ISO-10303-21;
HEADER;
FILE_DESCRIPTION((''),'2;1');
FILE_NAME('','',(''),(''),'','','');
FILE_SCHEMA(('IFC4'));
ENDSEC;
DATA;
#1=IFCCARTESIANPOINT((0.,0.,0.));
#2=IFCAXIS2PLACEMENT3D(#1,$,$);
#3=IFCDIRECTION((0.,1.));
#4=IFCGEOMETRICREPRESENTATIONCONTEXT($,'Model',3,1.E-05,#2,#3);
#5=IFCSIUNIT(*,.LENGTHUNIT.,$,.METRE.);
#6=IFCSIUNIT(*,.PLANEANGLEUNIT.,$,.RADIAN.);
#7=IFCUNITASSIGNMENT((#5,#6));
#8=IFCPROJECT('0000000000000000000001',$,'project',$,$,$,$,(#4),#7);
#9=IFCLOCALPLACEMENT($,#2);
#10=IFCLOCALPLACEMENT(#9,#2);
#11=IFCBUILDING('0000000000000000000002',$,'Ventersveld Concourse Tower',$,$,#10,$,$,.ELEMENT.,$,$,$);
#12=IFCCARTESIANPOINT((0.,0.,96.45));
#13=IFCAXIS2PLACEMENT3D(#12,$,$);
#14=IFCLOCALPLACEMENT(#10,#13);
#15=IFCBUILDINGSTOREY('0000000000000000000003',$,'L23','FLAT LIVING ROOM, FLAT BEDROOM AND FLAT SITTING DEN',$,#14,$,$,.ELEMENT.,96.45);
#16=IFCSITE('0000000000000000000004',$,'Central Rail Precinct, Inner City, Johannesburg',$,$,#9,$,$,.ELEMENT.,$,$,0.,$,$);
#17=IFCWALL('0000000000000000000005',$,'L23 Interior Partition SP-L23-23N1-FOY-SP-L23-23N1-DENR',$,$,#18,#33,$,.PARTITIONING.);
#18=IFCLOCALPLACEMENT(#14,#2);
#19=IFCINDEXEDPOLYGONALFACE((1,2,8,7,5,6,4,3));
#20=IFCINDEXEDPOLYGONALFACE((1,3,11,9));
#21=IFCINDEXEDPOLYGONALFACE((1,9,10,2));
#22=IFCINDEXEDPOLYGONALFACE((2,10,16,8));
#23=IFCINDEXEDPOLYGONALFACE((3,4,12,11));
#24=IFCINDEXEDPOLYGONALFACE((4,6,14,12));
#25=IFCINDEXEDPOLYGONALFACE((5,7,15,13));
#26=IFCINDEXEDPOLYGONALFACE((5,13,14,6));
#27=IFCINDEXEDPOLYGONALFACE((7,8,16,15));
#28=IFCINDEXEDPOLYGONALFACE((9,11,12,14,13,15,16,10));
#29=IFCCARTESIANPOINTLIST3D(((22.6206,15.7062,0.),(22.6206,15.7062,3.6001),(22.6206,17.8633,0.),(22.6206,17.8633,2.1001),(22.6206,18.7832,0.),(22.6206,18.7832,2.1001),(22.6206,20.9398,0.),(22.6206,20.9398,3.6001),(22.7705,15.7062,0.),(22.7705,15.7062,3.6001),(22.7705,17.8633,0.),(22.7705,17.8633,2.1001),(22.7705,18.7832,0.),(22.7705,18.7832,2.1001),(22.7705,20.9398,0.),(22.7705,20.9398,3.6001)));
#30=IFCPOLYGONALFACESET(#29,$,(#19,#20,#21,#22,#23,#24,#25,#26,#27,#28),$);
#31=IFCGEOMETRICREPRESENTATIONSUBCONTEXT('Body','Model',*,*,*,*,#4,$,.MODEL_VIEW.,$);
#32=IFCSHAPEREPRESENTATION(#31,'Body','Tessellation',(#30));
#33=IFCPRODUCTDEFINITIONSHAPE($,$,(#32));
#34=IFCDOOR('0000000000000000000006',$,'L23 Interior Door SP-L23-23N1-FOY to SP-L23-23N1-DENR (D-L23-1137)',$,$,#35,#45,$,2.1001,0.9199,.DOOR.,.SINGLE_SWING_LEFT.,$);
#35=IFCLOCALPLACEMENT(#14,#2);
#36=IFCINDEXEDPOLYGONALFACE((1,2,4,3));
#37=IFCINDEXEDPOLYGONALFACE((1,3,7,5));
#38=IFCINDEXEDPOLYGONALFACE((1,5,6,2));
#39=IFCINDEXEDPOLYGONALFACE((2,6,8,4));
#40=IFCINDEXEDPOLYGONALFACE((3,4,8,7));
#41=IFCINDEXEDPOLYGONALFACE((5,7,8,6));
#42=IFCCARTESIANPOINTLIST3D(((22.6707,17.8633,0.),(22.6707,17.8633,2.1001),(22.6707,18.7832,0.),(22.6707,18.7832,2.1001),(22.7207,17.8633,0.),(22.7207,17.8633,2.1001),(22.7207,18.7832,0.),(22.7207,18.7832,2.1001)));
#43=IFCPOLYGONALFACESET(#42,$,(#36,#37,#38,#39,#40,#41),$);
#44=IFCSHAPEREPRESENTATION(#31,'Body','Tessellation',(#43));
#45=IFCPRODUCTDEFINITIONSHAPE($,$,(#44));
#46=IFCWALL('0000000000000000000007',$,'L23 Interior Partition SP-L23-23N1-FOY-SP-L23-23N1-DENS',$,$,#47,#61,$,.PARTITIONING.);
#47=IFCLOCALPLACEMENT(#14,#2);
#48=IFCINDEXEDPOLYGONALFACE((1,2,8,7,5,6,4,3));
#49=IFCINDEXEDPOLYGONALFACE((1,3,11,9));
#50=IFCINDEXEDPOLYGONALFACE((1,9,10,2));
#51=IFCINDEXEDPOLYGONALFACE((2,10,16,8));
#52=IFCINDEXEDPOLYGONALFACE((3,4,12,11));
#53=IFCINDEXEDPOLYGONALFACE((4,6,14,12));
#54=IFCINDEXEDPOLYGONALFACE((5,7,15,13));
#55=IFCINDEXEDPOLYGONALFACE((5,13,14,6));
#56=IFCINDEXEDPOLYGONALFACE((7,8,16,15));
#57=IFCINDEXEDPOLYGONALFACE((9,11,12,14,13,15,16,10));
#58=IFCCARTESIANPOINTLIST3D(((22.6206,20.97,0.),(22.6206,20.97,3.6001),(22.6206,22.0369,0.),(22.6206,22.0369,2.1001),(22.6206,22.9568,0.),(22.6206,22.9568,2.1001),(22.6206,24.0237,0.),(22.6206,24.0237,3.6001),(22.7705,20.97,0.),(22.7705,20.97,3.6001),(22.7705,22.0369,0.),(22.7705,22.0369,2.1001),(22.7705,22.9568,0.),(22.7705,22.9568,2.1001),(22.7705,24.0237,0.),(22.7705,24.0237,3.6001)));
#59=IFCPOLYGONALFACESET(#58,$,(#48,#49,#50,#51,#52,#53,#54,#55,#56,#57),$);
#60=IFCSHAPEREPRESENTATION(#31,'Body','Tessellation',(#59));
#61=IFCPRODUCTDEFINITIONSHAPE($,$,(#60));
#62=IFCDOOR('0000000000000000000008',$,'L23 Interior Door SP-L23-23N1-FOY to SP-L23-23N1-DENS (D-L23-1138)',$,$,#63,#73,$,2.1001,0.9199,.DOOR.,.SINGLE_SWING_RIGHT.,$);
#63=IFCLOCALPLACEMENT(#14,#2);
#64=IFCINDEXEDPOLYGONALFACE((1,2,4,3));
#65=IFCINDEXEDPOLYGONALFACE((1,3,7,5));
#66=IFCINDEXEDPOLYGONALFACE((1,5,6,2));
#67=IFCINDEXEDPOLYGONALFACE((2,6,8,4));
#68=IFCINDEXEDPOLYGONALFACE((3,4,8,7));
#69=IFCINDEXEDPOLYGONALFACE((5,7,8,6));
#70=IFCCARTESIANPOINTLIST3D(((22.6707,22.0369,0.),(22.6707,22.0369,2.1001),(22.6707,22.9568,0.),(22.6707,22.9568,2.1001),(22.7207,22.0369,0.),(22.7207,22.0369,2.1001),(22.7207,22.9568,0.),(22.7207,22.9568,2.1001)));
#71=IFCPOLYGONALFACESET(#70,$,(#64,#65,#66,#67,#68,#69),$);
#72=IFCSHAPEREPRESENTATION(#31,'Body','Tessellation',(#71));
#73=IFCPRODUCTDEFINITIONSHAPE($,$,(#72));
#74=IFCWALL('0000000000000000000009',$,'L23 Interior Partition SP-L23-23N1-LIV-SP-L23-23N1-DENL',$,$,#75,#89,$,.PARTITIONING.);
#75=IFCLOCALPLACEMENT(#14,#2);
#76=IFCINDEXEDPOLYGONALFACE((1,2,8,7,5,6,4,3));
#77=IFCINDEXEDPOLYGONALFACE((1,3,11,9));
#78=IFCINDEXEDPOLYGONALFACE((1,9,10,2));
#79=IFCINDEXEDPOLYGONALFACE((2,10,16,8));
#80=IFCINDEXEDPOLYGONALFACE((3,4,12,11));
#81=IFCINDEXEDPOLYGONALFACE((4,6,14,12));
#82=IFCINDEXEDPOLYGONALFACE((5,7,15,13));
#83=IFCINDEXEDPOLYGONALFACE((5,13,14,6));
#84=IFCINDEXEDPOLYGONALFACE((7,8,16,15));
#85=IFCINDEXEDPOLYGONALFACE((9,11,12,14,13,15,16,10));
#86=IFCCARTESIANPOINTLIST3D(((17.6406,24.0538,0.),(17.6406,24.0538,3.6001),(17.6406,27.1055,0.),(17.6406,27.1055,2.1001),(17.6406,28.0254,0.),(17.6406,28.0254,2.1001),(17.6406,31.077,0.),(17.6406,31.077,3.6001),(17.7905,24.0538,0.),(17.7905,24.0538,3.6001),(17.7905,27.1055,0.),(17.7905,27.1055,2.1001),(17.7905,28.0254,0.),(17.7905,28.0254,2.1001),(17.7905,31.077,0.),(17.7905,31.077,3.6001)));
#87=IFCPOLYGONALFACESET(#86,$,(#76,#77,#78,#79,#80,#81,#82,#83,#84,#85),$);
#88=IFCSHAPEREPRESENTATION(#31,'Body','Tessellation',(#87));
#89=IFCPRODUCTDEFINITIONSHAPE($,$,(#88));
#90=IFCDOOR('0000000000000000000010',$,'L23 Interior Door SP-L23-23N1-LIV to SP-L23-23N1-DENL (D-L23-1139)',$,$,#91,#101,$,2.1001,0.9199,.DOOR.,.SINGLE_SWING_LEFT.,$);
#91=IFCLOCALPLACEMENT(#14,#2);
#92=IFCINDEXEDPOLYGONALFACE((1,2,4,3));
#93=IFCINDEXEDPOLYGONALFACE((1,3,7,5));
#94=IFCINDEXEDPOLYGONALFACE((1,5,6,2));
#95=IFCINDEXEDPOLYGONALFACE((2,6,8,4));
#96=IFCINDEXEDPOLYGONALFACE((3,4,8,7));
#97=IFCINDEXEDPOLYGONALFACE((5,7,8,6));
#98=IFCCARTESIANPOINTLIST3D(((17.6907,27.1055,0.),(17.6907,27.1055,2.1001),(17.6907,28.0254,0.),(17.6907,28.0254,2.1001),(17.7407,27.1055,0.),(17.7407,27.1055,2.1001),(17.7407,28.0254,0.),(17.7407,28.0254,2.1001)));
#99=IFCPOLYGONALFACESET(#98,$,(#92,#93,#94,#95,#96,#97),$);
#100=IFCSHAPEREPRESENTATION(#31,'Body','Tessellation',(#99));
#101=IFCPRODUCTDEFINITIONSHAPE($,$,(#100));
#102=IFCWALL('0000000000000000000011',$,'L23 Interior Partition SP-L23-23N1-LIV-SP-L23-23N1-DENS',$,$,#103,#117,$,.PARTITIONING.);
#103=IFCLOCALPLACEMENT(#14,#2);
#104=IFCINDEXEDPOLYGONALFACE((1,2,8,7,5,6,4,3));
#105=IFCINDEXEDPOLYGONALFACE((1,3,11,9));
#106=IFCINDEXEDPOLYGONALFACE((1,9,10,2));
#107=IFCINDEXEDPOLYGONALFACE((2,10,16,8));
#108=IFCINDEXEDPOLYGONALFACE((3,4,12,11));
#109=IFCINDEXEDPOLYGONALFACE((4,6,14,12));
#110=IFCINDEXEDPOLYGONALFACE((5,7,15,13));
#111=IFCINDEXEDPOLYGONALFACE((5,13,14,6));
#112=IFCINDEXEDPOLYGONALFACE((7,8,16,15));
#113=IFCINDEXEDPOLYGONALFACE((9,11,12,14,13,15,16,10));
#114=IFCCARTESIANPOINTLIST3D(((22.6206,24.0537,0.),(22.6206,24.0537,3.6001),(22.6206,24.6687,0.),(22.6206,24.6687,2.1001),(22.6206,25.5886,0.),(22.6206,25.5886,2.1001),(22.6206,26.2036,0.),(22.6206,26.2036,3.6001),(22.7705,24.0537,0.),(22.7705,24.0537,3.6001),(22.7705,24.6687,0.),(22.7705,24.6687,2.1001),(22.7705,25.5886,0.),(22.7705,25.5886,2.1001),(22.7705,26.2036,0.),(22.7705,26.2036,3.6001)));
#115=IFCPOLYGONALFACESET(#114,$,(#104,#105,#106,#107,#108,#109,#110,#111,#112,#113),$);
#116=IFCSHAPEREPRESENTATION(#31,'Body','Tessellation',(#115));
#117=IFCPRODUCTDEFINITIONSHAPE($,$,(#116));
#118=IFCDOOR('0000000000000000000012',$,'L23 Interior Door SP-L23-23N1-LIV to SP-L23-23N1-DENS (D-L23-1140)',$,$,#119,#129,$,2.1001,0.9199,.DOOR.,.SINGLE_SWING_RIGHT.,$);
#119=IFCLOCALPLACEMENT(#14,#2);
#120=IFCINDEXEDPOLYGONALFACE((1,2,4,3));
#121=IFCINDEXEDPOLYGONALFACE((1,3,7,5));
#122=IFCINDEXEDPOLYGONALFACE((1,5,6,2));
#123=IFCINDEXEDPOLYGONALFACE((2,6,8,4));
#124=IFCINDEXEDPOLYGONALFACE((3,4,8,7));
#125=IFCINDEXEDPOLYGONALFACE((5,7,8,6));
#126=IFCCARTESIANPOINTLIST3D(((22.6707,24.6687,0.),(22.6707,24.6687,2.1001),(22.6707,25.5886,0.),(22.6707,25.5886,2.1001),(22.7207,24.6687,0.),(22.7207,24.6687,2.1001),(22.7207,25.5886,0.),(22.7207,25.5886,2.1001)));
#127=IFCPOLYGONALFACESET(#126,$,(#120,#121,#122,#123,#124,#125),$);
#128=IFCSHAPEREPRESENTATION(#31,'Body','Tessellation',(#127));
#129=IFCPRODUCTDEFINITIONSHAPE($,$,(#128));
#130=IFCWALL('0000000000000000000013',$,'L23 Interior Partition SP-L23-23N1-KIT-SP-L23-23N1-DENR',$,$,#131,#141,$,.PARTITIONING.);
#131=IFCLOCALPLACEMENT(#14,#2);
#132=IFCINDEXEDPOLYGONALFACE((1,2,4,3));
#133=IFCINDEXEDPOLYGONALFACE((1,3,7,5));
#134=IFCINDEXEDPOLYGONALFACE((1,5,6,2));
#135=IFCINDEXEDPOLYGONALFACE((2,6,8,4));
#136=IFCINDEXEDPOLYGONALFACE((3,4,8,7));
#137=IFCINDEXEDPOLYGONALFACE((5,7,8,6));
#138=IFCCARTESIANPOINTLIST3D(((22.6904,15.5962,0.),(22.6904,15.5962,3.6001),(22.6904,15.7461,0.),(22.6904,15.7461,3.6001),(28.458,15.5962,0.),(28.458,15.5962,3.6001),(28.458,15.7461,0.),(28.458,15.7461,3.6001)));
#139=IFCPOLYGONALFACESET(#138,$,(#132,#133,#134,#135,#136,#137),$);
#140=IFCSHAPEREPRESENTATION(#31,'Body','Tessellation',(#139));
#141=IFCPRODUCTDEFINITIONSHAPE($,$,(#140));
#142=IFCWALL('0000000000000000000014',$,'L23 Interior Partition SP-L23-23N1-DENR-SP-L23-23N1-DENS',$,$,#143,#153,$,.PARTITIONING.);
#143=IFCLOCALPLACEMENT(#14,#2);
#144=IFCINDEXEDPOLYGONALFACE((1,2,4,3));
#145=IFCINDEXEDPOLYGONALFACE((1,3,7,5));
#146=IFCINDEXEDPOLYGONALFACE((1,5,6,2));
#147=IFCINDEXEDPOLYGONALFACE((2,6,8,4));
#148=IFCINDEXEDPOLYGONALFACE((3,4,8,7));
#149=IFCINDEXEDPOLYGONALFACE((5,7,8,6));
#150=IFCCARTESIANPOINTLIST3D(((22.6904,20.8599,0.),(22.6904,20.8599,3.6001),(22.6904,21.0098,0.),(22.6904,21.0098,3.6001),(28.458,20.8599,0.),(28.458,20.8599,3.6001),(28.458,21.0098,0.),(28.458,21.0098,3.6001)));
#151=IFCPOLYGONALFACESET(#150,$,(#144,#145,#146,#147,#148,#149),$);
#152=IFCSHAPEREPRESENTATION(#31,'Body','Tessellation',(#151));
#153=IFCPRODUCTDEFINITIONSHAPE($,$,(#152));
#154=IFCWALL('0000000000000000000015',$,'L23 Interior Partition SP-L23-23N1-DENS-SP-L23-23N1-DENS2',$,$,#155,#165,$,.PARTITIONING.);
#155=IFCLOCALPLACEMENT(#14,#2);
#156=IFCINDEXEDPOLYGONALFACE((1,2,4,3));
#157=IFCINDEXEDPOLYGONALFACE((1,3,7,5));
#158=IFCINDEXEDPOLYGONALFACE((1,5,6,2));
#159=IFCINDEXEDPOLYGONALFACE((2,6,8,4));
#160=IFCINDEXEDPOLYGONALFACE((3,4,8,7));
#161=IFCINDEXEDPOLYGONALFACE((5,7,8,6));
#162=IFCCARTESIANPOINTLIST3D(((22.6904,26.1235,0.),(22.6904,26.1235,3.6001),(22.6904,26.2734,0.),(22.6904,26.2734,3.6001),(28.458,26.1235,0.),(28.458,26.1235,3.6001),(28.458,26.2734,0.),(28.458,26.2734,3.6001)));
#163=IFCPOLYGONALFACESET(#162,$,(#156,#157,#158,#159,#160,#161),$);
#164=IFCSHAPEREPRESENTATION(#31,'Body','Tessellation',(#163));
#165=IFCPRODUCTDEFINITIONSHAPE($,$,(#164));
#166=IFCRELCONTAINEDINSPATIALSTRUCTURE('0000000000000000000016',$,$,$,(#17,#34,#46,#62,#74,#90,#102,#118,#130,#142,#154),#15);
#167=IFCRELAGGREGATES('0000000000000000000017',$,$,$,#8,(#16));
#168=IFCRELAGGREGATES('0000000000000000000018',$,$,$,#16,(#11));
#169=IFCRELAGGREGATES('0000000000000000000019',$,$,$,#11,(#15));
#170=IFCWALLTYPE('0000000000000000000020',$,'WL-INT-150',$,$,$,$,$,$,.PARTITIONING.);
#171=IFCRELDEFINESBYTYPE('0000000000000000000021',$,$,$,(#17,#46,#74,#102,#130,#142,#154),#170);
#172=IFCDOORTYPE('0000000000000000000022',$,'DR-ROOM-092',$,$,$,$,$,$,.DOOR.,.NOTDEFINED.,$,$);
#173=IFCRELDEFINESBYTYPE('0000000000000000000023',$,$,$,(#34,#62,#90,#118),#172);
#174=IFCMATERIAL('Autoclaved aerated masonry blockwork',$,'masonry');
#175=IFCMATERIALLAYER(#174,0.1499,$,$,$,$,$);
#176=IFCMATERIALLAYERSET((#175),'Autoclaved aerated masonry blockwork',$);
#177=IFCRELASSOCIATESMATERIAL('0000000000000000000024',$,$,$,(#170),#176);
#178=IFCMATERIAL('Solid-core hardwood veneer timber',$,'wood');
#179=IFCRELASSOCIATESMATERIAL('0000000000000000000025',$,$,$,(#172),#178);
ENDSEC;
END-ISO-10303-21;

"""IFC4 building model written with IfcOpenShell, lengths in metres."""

from ifc_helpers import new_model, si_unit, direction, frame, frame_2d, origin, place, context, subcontext, project, spatial, rectangle, extrude, material, layer, layer_set, type_object, element, fill, save


model = new_model("IFC4")

# Units and contexts
model_context = context("Model", 3, precision=1e-05, world=origin(), true_north=direction((0.0, 1.0)))
body_context = subcontext(model_context, "Body", "Model", "MODEL_VIEW")
ifc_project = project(units=[si_unit("LENGTHUNIT", "METRE"), si_unit("PLANEANGLEUNIT", "RADIAN")], contexts=[model_context])

# Site, building, storey
site_placement = place(None, origin())
site = spatial("IfcSite", under=ifc_project, at=site_placement, Name="Central Rail Precinct, Inner City, Johannesburg", CompositionType="ELEMENT", RefElevation=0.0)
building_placement = place(site_placement, origin())
building = spatial("IfcBuilding", under=site, at=building_placement, Name="Ventersveld Concourse Tower", CompositionType="ELEMENT")
storey_placement = place(building_placement, frame((0.0, 0.0, 96.45)))
storey = spatial("IfcBuildingStorey", under=building, at=storey_placement, Name="L23", Description="FLAT LIVING ROOM, FLAT BEDROOM AND FLAT SITTING DEN", CompositionType="ELEMENT", Elevation=96.45)

# Shared definitions
ifc_material_1 = material(Name="Solid-core hardwood veneer timber", Category="wood")

# Walls, openings, doors
ifc_material_2 = material(Name="Autoclaved aerated masonry blockwork", Category="masonry")
ifc_layer_1 = layer(ifc_material_2, 0.1499)
ifc_layer_set_1 = layer_set([ifc_layer_1], Name="Autoclaved aerated masonry blockwork")
wall_type_1 = type_object("IfcWallType", Name="WL-INT-150", PredefinedType="PARTITIONING", material=ifc_layer_set_1)
door_type_1 = type_object("IfcDoorType", Name="DR-ROOM-092", OperationType="NOTDEFINED", PredefinedType="DOOR", material=ifc_material_1)
wall_1_placement = place(storey_placement, frame((22.6956, 15.7063, 0.0), z_axis=(0.0, 0.0, 1.0), x_axis=(0.0, 1.0, 0.0)))
wall_1 = element("IfcWall", 1, at=wall_1_placement, inside=storey, type_object=wall_type_1, Name="L23 Interior Partition SP-L23-23N1-FOY-SP-L23-23N1-DENR", PredefinedType="PARTITIONING", context=body_context, shape_type="SweptSolid", body=[
    extrude(rectangle(XDim=5.2336, YDim=0.1499, at=frame_2d((2.6167, 0.0))), origin(), (0.0, 0.0, 1.0), 3.6001),
])
opening_1_placement = place(wall_1_placement, frame((2.157, 0.0, 0.0)))
opening_1 = element("IfcOpeningElement", 2, at=opening_1_placement, cuts=wall_1, PredefinedType="OPENING", context=body_context, shape_type="SweptSolid", body=[
    extrude(rectangle(XDim=0.9199, YDim=2.1001, at=frame_2d((0.46, 1.05))), frame((0.0, 0.085, 0.0), z_axis=(0.0, -1.0, 0.0), x_axis=(1.0, 0.0, 0.0)), (0.0, 0.0, 1.0), 0.1699),
])
door_1_placement = place(opening_1_placement, origin())
door_1 = element("IfcDoor", 3, at=door_1_placement, inside=storey, type_object=door_type_1, Name="L23 Interior Door SP-L23-23N1-FOY to SP-L23-23N1-DENR (D-L23-1137)", OperationType="SINGLE_SWING_LEFT", OverallHeight=2.1001, OverallWidth=0.9199, PredefinedType="DOOR", context=body_context, shape_type="SweptSolid", body=[
    extrude(rectangle(XDim=0.9199, YDim=2.1001, at=frame_2d((0.46, 1.05))), frame((0.0, 0.0249, 0.0), z_axis=(0.0, -1.0, 0.0), x_axis=(1.0, 0.0, 0.0)), (0.0, 0.0, 1.0), 0.05),
])
fill(opening_1, door_1)
wall_2_placement = place(storey_placement, frame((22.6956, 20.97, 0.0), z_axis=(0.0, 0.0, 1.0), x_axis=(0.0, 1.0, 0.0)))
wall_2 = element("IfcWall", 4, at=wall_2_placement, inside=storey, type_object=wall_type_1, Name="L23 Interior Partition SP-L23-23N1-FOY-SP-L23-23N1-DENS", PredefinedType="PARTITIONING", context=body_context, shape_type="SweptSolid", body=[
    extrude(rectangle(XDim=3.0537, YDim=0.1499, at=frame_2d((1.5269, 0.0))), origin(), (0.0, 0.0, 1.0), 3.6001),
])
opening_2_placement = place(wall_2_placement, frame((1.0669, 0.0, 0.0)))
opening_2 = element("IfcOpeningElement", 5, at=opening_2_placement, cuts=wall_2, PredefinedType="OPENING", context=body_context, shape_type="SweptSolid", body=[
    extrude(rectangle(XDim=0.9199, YDim=2.1001, at=frame_2d((0.46, 1.05))), frame((0.0, 0.085, 0.0), z_axis=(0.0, -1.0, 0.0), x_axis=(1.0, 0.0, 0.0)), (0.0, 0.0, 1.0), 0.1699),
])
door_2_placement = place(opening_2_placement, origin())
door_2 = element("IfcDoor", 6, at=door_2_placement, inside=storey, type_object=door_type_1, Name="L23 Interior Door SP-L23-23N1-FOY to SP-L23-23N1-DENS (D-L23-1138)", OperationType="SINGLE_SWING_RIGHT", OverallHeight=2.1001, OverallWidth=0.9199, PredefinedType="DOOR", context=body_context, shape_type="SweptSolid", body=[
    extrude(rectangle(XDim=0.9199, YDim=2.1001, at=frame_2d((0.46, 1.05))), frame((0.0, 0.0249, 0.0), z_axis=(0.0, -1.0, 0.0), x_axis=(1.0, 0.0, 0.0)), (0.0, 0.0, 1.0), 0.05),
])
fill(opening_2, door_2)
wall_3_placement = place(storey_placement, frame((17.7156, 24.0537, 0.0), z_axis=(0.0, 0.0, 1.0), x_axis=(0.0, 1.0, 0.0)))
wall_3 = element("IfcWall", 7, at=wall_3_placement, inside=storey, type_object=wall_type_1, Name="L23 Interior Partition SP-L23-23N1-LIV-SP-L23-23N1-DENL", PredefinedType="PARTITIONING", context=body_context, shape_type="SweptSolid", body=[
    extrude(rectangle(XDim=7.0232, YDim=0.1499, at=frame_2d((3.5117, 0.0))), origin(), (0.0, 0.0, 1.0), 3.6001),
])
opening_3_placement = place(wall_3_placement, frame((3.0518, 0.0, 0.0)))
opening_3 = element("IfcOpeningElement", 8, at=opening_3_placement, cuts=wall_3, PredefinedType="OPENING", context=body_context, shape_type="SweptSolid", body=[
    extrude(rectangle(XDim=0.9199, YDim=2.1001, at=frame_2d((0.46, 1.05))), frame((0.0, 0.085, 0.0), z_axis=(0.0, -1.0, 0.0), x_axis=(1.0, 0.0, 0.0)), (0.0, 0.0, 1.0), 0.1699),
])
door_3_placement = place(opening_3_placement, origin())
door_3 = element("IfcDoor", 9, at=door_3_placement, inside=storey, type_object=door_type_1, Name="L23 Interior Door SP-L23-23N1-LIV to SP-L23-23N1-DENL (D-L23-1139)", OperationType="SINGLE_SWING_LEFT", OverallHeight=2.1001, OverallWidth=0.9199, PredefinedType="DOOR", context=body_context, shape_type="SweptSolid", body=[
    extrude(rectangle(XDim=0.9199, YDim=2.1001, at=frame_2d((0.46, 1.05))), frame((0.0, 0.0249, 0.0), z_axis=(0.0, -1.0, 0.0), x_axis=(1.0, 0.0, 0.0)), (0.0, 0.0, 1.0), 0.05),
])
fill(opening_3, door_3)
wall_4_placement = place(storey_placement, frame((22.6956, 24.0537, 0.0), z_axis=(0.0, 0.0, 1.0), x_axis=(0.0, 1.0, 0.0)))
wall_4 = element("IfcWall", 10, at=wall_4_placement, inside=storey, type_object=wall_type_1, Name="L23 Interior Partition SP-L23-23N1-LIV-SP-L23-23N1-DENS", PredefinedType="PARTITIONING", context=body_context, shape_type="SweptSolid", body=[
    extrude(rectangle(XDim=2.1499, YDim=0.1499, at=frame_2d((1.075, 0.0))), origin(), (0.0, 0.0, 1.0), 3.6001),
])
opening_4_placement = place(wall_4_placement, frame((0.615, 0.0, 0.0)))
opening_4 = element("IfcOpeningElement", 11, at=opening_4_placement, cuts=wall_4, PredefinedType="OPENING", context=body_context, shape_type="SweptSolid", body=[
    extrude(rectangle(XDim=0.9199, YDim=2.1001, at=frame_2d((0.46, 1.05))), frame((0.0, 0.085, 0.0), z_axis=(0.0, -1.0, 0.0), x_axis=(1.0, 0.0, 0.0)), (0.0, 0.0, 1.0), 0.1699),
])
door_4_placement = place(opening_4_placement, origin())
door_4 = element("IfcDoor", 12, at=door_4_placement, inside=storey, type_object=door_type_1, Name="L23 Interior Door SP-L23-23N1-LIV to SP-L23-23N1-DENS (D-L23-1140)", OperationType="SINGLE_SWING_RIGHT", OverallHeight=2.1001, OverallWidth=0.9199, PredefinedType="DOOR", context=body_context, shape_type="SweptSolid", body=[
    extrude(rectangle(XDim=0.9199, YDim=2.1001, at=frame_2d((0.46, 1.05))), frame((0.0, 0.0249, 0.0), z_axis=(0.0, -1.0, 0.0), x_axis=(1.0, 0.0, 0.0)), (0.0, 0.0, 1.0), 0.05),
])
fill(opening_4, door_4)

# Walls
for number, where, z_axis, x_axis, name in (
    (13, (22.6904, 15.6711, 0.0), (0.0, 0.0, 1.0), (1.0, 0.0, 0.0), "L23 Interior Partition SP-L23-23N1-KIT-SP-L23-23N1-DENR"),
    (14, (22.6904, 20.9348, 0.0), (0.0, 0.0, 1.0), (1.0, 0.0, 0.0), "L23 Interior Partition SP-L23-23N1-DENR-SP-L23-23N1-DENS"),
    (15, (22.6904, 26.1985, 0.0), (0.0, 0.0, 1.0), (1.0, 0.0, 0.0), "L23 Interior Partition SP-L23-23N1-DENS-SP-L23-23N1-DENS2"),
):
    element("IfcWall", number, at=place(storey_placement, frame(where, z_axis=z_axis, x_axis=x_axis)), inside=storey, type_object=wall_type_1, Name=name, PredefinedType="PARTITIONING", context=body_context, shape_type="SweptSolid", body=[
        extrude(rectangle(XDim=5.7676, YDim=0.1499, at=frame_2d((2.8838, 0.0))), origin(), (0.0, 0.0, 1.0), 3.6001),
    ])

save(model, "model.ifc")
